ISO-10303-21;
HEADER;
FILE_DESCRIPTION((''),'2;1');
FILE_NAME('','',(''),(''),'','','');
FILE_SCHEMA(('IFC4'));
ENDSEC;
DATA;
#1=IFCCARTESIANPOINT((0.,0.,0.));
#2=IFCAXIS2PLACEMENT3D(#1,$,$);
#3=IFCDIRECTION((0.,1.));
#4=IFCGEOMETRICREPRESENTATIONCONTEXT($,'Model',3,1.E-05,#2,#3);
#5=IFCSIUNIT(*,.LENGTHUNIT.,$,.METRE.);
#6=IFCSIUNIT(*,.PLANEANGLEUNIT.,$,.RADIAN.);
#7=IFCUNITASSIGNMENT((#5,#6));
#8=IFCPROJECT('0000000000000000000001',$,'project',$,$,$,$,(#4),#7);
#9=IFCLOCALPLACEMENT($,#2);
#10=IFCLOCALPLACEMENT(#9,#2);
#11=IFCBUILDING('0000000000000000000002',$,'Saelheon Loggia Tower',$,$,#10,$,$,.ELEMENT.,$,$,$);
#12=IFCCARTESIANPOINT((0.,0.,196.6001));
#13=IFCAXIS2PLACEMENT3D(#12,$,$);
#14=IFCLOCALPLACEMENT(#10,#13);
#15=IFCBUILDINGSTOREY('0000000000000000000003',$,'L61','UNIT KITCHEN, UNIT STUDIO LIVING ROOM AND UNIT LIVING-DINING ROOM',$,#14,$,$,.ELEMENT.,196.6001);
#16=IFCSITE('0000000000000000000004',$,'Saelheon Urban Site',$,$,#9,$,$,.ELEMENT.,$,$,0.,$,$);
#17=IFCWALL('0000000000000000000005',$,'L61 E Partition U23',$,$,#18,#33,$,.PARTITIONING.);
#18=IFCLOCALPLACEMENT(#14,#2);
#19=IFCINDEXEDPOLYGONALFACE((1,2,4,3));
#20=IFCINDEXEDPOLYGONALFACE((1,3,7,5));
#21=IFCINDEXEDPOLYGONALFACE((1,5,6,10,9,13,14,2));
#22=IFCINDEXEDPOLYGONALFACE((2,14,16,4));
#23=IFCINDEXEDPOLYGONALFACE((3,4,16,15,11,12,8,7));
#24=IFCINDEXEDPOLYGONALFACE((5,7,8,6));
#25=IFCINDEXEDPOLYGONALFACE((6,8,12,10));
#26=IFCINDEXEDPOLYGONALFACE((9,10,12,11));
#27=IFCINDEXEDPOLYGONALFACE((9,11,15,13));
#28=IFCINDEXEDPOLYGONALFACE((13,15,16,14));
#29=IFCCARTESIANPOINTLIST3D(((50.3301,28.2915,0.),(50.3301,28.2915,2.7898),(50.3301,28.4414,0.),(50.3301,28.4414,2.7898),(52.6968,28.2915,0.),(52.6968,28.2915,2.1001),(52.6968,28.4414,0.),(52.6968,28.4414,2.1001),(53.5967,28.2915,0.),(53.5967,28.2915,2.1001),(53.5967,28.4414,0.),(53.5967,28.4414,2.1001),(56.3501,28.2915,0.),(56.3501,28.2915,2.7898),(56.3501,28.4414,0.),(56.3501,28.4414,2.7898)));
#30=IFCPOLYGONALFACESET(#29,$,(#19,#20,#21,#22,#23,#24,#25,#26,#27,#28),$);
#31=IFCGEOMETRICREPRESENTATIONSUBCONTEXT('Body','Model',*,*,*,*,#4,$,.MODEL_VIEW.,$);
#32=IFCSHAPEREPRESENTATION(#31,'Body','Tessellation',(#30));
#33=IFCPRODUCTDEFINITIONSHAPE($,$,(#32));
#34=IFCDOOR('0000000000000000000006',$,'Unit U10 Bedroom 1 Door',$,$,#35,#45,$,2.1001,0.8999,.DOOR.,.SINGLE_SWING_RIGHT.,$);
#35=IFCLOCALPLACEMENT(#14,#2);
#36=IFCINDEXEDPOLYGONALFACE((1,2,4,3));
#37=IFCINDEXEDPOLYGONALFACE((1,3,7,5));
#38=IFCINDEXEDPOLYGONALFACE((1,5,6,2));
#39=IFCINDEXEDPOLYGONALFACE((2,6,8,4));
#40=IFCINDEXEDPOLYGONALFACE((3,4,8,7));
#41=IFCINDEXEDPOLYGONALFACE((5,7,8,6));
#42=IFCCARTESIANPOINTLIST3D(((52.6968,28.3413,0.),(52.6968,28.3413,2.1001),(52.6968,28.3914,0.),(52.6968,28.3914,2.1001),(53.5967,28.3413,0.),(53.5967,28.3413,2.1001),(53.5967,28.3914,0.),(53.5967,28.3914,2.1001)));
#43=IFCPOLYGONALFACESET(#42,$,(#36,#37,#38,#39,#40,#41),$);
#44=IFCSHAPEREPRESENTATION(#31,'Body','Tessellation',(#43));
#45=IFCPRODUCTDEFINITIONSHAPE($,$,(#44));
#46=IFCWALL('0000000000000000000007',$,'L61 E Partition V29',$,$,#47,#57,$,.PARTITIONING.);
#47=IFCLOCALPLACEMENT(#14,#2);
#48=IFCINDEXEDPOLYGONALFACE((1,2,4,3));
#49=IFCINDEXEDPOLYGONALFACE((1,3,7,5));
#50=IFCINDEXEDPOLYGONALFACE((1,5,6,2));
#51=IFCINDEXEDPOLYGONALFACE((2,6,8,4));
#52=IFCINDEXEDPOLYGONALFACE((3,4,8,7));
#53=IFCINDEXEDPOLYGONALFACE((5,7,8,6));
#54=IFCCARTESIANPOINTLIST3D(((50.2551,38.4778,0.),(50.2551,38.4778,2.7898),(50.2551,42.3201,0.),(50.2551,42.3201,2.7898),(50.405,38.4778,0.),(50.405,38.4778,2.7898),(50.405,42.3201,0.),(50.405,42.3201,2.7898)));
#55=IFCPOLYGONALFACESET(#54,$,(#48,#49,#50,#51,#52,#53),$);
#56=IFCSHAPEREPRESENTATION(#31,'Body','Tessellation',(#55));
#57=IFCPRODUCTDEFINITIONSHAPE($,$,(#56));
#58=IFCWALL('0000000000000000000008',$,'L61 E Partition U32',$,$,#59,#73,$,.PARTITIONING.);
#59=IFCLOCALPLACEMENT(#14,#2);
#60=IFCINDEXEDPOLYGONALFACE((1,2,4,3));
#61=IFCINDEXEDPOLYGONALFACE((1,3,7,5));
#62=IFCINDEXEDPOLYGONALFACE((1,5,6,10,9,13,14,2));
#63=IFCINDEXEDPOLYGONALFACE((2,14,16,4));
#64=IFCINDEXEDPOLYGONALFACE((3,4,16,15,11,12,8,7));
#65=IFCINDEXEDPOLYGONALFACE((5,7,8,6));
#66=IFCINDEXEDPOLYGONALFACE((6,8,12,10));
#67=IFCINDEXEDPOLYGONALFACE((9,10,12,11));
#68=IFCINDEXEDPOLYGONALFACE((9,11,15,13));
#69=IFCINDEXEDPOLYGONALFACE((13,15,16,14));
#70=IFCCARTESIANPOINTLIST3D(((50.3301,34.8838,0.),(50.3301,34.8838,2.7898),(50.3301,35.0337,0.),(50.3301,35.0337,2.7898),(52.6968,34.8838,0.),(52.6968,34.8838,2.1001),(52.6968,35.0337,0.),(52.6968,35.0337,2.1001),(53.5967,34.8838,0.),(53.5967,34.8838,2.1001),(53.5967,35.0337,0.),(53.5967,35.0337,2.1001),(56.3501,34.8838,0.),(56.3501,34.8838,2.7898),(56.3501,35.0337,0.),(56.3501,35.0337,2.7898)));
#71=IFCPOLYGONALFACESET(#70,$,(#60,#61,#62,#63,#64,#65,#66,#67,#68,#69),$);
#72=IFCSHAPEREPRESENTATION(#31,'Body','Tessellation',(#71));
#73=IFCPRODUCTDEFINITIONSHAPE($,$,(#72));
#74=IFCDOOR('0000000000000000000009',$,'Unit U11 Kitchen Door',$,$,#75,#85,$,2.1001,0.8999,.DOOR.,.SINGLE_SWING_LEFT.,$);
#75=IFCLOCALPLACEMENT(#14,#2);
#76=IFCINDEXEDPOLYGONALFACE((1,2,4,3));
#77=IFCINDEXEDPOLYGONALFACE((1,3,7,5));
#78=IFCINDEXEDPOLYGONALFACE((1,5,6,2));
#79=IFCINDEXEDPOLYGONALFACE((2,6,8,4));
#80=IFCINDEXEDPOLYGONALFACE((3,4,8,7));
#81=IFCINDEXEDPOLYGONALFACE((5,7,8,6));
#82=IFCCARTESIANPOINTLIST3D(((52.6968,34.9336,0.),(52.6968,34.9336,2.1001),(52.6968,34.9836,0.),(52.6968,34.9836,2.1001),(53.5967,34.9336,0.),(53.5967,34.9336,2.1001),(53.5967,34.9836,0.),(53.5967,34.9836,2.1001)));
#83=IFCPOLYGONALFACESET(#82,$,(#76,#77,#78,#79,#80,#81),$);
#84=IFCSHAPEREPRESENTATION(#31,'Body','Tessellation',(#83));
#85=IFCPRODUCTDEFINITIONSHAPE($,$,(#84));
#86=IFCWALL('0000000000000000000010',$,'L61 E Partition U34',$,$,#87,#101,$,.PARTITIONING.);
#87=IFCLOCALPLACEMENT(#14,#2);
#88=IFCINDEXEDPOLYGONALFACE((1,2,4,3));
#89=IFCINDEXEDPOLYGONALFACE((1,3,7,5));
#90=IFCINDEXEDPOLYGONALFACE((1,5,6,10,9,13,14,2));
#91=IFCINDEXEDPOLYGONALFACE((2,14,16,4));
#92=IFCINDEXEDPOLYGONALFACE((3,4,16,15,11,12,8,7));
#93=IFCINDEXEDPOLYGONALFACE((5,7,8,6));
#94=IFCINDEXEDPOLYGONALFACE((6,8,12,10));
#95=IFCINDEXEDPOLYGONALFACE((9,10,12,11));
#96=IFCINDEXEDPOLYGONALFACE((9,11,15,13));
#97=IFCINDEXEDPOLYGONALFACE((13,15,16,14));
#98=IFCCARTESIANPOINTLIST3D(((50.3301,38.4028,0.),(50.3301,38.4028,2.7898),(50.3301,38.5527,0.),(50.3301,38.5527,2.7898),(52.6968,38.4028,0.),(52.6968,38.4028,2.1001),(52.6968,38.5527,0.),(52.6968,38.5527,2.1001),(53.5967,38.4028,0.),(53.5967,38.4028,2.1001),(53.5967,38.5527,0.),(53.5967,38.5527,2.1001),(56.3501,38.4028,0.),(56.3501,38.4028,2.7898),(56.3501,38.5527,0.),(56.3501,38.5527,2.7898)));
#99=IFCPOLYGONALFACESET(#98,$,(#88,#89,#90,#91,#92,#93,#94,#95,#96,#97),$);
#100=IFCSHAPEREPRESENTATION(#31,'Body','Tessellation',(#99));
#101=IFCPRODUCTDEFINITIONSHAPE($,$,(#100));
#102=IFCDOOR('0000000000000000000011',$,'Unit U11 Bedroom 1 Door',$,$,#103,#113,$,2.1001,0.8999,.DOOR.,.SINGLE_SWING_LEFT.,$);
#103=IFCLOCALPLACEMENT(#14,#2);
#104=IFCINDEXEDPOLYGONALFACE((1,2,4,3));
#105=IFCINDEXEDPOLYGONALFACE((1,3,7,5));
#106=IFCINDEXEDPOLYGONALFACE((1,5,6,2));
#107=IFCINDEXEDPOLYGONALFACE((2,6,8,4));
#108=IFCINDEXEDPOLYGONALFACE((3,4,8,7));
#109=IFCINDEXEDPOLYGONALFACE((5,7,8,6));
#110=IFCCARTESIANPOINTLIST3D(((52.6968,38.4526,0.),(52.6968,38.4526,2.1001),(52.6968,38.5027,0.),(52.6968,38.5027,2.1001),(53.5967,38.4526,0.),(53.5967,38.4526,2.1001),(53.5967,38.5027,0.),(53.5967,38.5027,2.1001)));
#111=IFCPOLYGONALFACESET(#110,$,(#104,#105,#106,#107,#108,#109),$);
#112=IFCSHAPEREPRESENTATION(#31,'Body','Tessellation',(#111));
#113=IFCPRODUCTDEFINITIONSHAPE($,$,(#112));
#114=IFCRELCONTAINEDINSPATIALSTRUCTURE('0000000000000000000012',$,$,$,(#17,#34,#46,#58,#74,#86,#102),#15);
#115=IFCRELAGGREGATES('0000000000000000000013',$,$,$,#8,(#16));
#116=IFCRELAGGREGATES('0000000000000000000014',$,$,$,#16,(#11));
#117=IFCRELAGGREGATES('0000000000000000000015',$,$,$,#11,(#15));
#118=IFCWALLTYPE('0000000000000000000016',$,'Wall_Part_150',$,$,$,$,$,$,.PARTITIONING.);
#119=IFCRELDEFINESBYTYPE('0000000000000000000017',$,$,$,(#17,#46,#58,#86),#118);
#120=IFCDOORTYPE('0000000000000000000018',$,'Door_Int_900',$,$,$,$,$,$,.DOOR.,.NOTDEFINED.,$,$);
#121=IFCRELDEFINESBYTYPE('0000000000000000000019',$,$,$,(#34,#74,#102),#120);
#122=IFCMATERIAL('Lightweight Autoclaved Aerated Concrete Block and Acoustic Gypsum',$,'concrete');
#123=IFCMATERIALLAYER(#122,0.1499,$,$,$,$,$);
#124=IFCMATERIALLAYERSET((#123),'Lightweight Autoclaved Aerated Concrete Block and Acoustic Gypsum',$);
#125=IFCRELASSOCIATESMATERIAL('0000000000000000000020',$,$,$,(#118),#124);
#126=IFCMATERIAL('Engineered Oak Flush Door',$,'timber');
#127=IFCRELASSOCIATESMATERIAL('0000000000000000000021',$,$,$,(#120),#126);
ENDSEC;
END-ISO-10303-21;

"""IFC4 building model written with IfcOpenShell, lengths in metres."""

from ifc_helpers import new_model, si_unit, direction, frame, frame_2d, origin, place, context, subcontext, project, spatial, rectangle, extrude, source, transform, mapped, material, layer, layer_set, type_object, element, fill, save


model = new_model("IFC4")

# Units and contexts
model_context = context("Model", 3, precision=1e-05, world=origin(), true_north=direction((0.0, 1.0)))
body_context = subcontext(model_context, "Body", "Model", "MODEL_VIEW")
ifc_project = project(units=[si_unit("LENGTHUNIT", "METRE"), si_unit("PLANEANGLEUNIT", "RADIAN")], contexts=[model_context])

# Site, building, storey
site_placement = place(None, origin())
site = spatial("IfcSite", under=ifc_project, at=site_placement, Name="Saelheon Urban Site", CompositionType="ELEMENT", RefElevation=0.0)
building_placement = place(site_placement, origin())
building = spatial("IfcBuilding", under=site, at=building_placement, Name="Saelheon Loggia Tower", CompositionType="ELEMENT")
storey_placement = place(building_placement, frame((0.0, 0.0, 196.6001)))
storey = spatial("IfcBuildingStorey", under=building, at=storey_placement, Name="L61", Description="UNIT KITCHEN, UNIT STUDIO LIVING ROOM AND UNIT LIVING-DINING ROOM", CompositionType="ELEMENT", Elevation=196.6001)

# Shared definitions
ifc_material_1 = material(Name="Lightweight Autoclaved Aerated Concrete Block and Acoustic Gypsum", Category="concrete")
ifc_layer_1 = layer(ifc_material_1, 0.1499)
ifc_layer_set_1 = layer_set([ifc_layer_1], Name="Lightweight Autoclaved Aerated Concrete Block and Acoustic Gypsum")
wall_type = type_object("IfcWallType", Name="Wall_Part_150", PredefinedType="PARTITIONING", material=ifc_layer_set_1)

# Wall, opening, door
wall_1_placement = place(storey_placement, frame((50.3301, 28.3665, 0.0), z_axis=(0.0, 0.0, 1.0), x_axis=(1.0, 0.0, 0.0)))
wall_1 = element("IfcWall", 1, at=wall_1_placement, inside=storey, type_object=wall_type, Name="L61 E Partition U23", PredefinedType="PARTITIONING", context=body_context, shape_type="SweptSolid", body=[
    extrude(rectangle(XDim=6.02, YDim=0.1499, at=frame_2d((3.01, 0.0))), origin(), (0.0, 0.0, 1.0), 2.7898),
])
opening_1_placement = place(wall_1_placement, frame((2.3667, 0.0, 0.0)))
opening_1 = element("IfcOpeningElement", 2, at=opening_1_placement, cuts=wall_1, PredefinedType="OPENING", context=body_context, shape_type="SweptSolid", body=[
    extrude(rectangle(XDim=0.8999, YDim=2.1001, at=frame_2d((0.45, 1.05))), frame((0.0, 0.0869, 0.0), z_axis=(0.0, -1.0, 0.0), x_axis=(1.0, 0.0, 0.0)), (0.0, 0.0, 1.0), 0.1738),
])
ifc_material_2 = material(Name="Engineered Oak Flush Door", Category="timber")
door_type = type_object("IfcDoorType", Name="Door_Int_900", OperationType="NOTDEFINED", PredefinedType="DOOR", material=ifc_material_2)
shared_shape_1 = source(origin(), body_context, "Body", "SweptSolid", [
    extrude(rectangle(XDim=0.8999, YDim=2.1001, at=frame_2d((0.45, 1.05))), frame((0.0, 0.0249, 0.0), z_axis=(0.0, -1.0, 0.0), x_axis=(1.0, 0.0, 0.0)), (0.0, 0.0, 1.0), 0.05),
])
door_1_placement = place(opening_1_placement, origin())
door_1 = element("IfcDoor", 3, at=door_1_placement, inside=storey, type_object=door_type, Name="Unit U10 Bedroom 1 Door", OperationType="SINGLE_SWING_RIGHT", OverallHeight=2.1001, OverallWidth=0.8999, PredefinedType="DOOR", context=body_context, shape_type="MappedRepresentation", body=[
    mapped(shared_shape_1, transform((0.0, 0.0, 0.0), scale=1.0)),
])
fill(opening_1, door_1)

# Wall
wall_2_placement = place(storey_placement, frame((50.3301, 38.4778, 0.0), z_axis=(0.0, 0.0, 1.0), x_axis=(0.0, 1.0, 0.0)))
element("IfcWall", 4, at=wall_2_placement, inside=storey, type_object=wall_type, Name="L61 E Partition V29", PredefinedType="PARTITIONING", context=body_context, shape_type="SweptSolid", body=[
    extrude(rectangle(XDim=3.8423, YDim=0.1499, at=frame_2d((1.9211, 0.0))), origin(), (0.0, 0.0, 1.0), 2.7898),
])

# Walls, openings, doors
wall_3_placement = place(storey_placement, frame((50.3301, 34.9587, 0.0), z_axis=(0.0, 0.0, 1.0), x_axis=(1.0, 0.0, 0.0)))
wall_3 = element("IfcWall", 5, at=wall_3_placement, inside=storey, type_object=wall_type, Name="L61 E Partition U32", PredefinedType="PARTITIONING", context=body_context, shape_type="SweptSolid", body=[
    extrude(rectangle(XDim=6.02, YDim=0.1499, at=frame_2d((3.01, 0.0))), origin(), (0.0, 0.0, 1.0), 2.7898),
])
opening_2_placement = place(wall_3_placement, frame((2.3667, 0.0, 0.0)))
opening_2 = element("IfcOpeningElement", 6, at=opening_2_placement, cuts=wall_3, PredefinedType="OPENING", context=body_context, shape_type="SweptSolid", body=[
    extrude(rectangle(XDim=0.8999, YDim=2.1001, at=frame_2d((0.45, 1.05))), frame((0.0, 0.0869, 0.0), z_axis=(0.0, -1.0, 0.0), x_axis=(1.0, 0.0, 0.0)), (0.0, 0.0, 1.0), 0.1738),
])
door_2_placement = place(opening_2_placement, origin())
door_2 = element("IfcDoor", 7, at=door_2_placement, inside=storey, type_object=door_type, Name="Unit U11 Kitchen Door", OperationType="SINGLE_SWING_LEFT", OverallHeight=2.1001, OverallWidth=0.8999, PredefinedType="DOOR", context=body_context, shape_type="MappedRepresentation", body=[
    mapped(shared_shape_1, transform((0.0, 0.0, 0.0), scale=1.0)),
])
fill(opening_2, door_2)
wall_4_placement = place(storey_placement, frame((50.3301, 38.4778, 0.0), z_axis=(0.0, 0.0, 1.0), x_axis=(1.0, 0.0, 0.0)))
wall_4 = element("IfcWall", 8, at=wall_4_placement, inside=storey, type_object=wall_type, Name="L61 E Partition U34", PredefinedType="PARTITIONING", context=body_context, shape_type="SweptSolid", body=[
    extrude(rectangle(XDim=6.02, YDim=0.1499, at=frame_2d((3.01, 0.0))), origin(), (0.0, 0.0, 1.0), 2.7898),
])
opening_3_placement = place(wall_4_placement, frame((2.3667, 0.0, 0.0)))
opening_3 = element("IfcOpeningElement", 9, at=opening_3_placement, cuts=wall_4, PredefinedType="OPENING", context=body_context, shape_type="SweptSolid", body=[
    extrude(rectangle(XDim=0.8999, YDim=2.1001, at=frame_2d((0.45, 1.05))), frame((0.0, 0.0869, 0.0), z_axis=(0.0, -1.0, 0.0), x_axis=(1.0, 0.0, 0.0)), (0.0, 0.0, 1.0), 0.1738),
])
door_3_placement = place(opening_3_placement, origin())
door_3 = element("IfcDoor", 10, at=door_3_placement, inside=storey, type_object=door_type, Name="Unit U11 Bedroom 1 Door", OperationType="SINGLE_SWING_LEFT", OverallHeight=2.1001, OverallWidth=0.8999, PredefinedType="DOOR", context=body_context, shape_type="MappedRepresentation", body=[
    mapped(shared_shape_1, transform((0.0, 0.0, 0.0), scale=1.0)),
])
fill(opening_3, door_3)

save(model, "model.ifc")
